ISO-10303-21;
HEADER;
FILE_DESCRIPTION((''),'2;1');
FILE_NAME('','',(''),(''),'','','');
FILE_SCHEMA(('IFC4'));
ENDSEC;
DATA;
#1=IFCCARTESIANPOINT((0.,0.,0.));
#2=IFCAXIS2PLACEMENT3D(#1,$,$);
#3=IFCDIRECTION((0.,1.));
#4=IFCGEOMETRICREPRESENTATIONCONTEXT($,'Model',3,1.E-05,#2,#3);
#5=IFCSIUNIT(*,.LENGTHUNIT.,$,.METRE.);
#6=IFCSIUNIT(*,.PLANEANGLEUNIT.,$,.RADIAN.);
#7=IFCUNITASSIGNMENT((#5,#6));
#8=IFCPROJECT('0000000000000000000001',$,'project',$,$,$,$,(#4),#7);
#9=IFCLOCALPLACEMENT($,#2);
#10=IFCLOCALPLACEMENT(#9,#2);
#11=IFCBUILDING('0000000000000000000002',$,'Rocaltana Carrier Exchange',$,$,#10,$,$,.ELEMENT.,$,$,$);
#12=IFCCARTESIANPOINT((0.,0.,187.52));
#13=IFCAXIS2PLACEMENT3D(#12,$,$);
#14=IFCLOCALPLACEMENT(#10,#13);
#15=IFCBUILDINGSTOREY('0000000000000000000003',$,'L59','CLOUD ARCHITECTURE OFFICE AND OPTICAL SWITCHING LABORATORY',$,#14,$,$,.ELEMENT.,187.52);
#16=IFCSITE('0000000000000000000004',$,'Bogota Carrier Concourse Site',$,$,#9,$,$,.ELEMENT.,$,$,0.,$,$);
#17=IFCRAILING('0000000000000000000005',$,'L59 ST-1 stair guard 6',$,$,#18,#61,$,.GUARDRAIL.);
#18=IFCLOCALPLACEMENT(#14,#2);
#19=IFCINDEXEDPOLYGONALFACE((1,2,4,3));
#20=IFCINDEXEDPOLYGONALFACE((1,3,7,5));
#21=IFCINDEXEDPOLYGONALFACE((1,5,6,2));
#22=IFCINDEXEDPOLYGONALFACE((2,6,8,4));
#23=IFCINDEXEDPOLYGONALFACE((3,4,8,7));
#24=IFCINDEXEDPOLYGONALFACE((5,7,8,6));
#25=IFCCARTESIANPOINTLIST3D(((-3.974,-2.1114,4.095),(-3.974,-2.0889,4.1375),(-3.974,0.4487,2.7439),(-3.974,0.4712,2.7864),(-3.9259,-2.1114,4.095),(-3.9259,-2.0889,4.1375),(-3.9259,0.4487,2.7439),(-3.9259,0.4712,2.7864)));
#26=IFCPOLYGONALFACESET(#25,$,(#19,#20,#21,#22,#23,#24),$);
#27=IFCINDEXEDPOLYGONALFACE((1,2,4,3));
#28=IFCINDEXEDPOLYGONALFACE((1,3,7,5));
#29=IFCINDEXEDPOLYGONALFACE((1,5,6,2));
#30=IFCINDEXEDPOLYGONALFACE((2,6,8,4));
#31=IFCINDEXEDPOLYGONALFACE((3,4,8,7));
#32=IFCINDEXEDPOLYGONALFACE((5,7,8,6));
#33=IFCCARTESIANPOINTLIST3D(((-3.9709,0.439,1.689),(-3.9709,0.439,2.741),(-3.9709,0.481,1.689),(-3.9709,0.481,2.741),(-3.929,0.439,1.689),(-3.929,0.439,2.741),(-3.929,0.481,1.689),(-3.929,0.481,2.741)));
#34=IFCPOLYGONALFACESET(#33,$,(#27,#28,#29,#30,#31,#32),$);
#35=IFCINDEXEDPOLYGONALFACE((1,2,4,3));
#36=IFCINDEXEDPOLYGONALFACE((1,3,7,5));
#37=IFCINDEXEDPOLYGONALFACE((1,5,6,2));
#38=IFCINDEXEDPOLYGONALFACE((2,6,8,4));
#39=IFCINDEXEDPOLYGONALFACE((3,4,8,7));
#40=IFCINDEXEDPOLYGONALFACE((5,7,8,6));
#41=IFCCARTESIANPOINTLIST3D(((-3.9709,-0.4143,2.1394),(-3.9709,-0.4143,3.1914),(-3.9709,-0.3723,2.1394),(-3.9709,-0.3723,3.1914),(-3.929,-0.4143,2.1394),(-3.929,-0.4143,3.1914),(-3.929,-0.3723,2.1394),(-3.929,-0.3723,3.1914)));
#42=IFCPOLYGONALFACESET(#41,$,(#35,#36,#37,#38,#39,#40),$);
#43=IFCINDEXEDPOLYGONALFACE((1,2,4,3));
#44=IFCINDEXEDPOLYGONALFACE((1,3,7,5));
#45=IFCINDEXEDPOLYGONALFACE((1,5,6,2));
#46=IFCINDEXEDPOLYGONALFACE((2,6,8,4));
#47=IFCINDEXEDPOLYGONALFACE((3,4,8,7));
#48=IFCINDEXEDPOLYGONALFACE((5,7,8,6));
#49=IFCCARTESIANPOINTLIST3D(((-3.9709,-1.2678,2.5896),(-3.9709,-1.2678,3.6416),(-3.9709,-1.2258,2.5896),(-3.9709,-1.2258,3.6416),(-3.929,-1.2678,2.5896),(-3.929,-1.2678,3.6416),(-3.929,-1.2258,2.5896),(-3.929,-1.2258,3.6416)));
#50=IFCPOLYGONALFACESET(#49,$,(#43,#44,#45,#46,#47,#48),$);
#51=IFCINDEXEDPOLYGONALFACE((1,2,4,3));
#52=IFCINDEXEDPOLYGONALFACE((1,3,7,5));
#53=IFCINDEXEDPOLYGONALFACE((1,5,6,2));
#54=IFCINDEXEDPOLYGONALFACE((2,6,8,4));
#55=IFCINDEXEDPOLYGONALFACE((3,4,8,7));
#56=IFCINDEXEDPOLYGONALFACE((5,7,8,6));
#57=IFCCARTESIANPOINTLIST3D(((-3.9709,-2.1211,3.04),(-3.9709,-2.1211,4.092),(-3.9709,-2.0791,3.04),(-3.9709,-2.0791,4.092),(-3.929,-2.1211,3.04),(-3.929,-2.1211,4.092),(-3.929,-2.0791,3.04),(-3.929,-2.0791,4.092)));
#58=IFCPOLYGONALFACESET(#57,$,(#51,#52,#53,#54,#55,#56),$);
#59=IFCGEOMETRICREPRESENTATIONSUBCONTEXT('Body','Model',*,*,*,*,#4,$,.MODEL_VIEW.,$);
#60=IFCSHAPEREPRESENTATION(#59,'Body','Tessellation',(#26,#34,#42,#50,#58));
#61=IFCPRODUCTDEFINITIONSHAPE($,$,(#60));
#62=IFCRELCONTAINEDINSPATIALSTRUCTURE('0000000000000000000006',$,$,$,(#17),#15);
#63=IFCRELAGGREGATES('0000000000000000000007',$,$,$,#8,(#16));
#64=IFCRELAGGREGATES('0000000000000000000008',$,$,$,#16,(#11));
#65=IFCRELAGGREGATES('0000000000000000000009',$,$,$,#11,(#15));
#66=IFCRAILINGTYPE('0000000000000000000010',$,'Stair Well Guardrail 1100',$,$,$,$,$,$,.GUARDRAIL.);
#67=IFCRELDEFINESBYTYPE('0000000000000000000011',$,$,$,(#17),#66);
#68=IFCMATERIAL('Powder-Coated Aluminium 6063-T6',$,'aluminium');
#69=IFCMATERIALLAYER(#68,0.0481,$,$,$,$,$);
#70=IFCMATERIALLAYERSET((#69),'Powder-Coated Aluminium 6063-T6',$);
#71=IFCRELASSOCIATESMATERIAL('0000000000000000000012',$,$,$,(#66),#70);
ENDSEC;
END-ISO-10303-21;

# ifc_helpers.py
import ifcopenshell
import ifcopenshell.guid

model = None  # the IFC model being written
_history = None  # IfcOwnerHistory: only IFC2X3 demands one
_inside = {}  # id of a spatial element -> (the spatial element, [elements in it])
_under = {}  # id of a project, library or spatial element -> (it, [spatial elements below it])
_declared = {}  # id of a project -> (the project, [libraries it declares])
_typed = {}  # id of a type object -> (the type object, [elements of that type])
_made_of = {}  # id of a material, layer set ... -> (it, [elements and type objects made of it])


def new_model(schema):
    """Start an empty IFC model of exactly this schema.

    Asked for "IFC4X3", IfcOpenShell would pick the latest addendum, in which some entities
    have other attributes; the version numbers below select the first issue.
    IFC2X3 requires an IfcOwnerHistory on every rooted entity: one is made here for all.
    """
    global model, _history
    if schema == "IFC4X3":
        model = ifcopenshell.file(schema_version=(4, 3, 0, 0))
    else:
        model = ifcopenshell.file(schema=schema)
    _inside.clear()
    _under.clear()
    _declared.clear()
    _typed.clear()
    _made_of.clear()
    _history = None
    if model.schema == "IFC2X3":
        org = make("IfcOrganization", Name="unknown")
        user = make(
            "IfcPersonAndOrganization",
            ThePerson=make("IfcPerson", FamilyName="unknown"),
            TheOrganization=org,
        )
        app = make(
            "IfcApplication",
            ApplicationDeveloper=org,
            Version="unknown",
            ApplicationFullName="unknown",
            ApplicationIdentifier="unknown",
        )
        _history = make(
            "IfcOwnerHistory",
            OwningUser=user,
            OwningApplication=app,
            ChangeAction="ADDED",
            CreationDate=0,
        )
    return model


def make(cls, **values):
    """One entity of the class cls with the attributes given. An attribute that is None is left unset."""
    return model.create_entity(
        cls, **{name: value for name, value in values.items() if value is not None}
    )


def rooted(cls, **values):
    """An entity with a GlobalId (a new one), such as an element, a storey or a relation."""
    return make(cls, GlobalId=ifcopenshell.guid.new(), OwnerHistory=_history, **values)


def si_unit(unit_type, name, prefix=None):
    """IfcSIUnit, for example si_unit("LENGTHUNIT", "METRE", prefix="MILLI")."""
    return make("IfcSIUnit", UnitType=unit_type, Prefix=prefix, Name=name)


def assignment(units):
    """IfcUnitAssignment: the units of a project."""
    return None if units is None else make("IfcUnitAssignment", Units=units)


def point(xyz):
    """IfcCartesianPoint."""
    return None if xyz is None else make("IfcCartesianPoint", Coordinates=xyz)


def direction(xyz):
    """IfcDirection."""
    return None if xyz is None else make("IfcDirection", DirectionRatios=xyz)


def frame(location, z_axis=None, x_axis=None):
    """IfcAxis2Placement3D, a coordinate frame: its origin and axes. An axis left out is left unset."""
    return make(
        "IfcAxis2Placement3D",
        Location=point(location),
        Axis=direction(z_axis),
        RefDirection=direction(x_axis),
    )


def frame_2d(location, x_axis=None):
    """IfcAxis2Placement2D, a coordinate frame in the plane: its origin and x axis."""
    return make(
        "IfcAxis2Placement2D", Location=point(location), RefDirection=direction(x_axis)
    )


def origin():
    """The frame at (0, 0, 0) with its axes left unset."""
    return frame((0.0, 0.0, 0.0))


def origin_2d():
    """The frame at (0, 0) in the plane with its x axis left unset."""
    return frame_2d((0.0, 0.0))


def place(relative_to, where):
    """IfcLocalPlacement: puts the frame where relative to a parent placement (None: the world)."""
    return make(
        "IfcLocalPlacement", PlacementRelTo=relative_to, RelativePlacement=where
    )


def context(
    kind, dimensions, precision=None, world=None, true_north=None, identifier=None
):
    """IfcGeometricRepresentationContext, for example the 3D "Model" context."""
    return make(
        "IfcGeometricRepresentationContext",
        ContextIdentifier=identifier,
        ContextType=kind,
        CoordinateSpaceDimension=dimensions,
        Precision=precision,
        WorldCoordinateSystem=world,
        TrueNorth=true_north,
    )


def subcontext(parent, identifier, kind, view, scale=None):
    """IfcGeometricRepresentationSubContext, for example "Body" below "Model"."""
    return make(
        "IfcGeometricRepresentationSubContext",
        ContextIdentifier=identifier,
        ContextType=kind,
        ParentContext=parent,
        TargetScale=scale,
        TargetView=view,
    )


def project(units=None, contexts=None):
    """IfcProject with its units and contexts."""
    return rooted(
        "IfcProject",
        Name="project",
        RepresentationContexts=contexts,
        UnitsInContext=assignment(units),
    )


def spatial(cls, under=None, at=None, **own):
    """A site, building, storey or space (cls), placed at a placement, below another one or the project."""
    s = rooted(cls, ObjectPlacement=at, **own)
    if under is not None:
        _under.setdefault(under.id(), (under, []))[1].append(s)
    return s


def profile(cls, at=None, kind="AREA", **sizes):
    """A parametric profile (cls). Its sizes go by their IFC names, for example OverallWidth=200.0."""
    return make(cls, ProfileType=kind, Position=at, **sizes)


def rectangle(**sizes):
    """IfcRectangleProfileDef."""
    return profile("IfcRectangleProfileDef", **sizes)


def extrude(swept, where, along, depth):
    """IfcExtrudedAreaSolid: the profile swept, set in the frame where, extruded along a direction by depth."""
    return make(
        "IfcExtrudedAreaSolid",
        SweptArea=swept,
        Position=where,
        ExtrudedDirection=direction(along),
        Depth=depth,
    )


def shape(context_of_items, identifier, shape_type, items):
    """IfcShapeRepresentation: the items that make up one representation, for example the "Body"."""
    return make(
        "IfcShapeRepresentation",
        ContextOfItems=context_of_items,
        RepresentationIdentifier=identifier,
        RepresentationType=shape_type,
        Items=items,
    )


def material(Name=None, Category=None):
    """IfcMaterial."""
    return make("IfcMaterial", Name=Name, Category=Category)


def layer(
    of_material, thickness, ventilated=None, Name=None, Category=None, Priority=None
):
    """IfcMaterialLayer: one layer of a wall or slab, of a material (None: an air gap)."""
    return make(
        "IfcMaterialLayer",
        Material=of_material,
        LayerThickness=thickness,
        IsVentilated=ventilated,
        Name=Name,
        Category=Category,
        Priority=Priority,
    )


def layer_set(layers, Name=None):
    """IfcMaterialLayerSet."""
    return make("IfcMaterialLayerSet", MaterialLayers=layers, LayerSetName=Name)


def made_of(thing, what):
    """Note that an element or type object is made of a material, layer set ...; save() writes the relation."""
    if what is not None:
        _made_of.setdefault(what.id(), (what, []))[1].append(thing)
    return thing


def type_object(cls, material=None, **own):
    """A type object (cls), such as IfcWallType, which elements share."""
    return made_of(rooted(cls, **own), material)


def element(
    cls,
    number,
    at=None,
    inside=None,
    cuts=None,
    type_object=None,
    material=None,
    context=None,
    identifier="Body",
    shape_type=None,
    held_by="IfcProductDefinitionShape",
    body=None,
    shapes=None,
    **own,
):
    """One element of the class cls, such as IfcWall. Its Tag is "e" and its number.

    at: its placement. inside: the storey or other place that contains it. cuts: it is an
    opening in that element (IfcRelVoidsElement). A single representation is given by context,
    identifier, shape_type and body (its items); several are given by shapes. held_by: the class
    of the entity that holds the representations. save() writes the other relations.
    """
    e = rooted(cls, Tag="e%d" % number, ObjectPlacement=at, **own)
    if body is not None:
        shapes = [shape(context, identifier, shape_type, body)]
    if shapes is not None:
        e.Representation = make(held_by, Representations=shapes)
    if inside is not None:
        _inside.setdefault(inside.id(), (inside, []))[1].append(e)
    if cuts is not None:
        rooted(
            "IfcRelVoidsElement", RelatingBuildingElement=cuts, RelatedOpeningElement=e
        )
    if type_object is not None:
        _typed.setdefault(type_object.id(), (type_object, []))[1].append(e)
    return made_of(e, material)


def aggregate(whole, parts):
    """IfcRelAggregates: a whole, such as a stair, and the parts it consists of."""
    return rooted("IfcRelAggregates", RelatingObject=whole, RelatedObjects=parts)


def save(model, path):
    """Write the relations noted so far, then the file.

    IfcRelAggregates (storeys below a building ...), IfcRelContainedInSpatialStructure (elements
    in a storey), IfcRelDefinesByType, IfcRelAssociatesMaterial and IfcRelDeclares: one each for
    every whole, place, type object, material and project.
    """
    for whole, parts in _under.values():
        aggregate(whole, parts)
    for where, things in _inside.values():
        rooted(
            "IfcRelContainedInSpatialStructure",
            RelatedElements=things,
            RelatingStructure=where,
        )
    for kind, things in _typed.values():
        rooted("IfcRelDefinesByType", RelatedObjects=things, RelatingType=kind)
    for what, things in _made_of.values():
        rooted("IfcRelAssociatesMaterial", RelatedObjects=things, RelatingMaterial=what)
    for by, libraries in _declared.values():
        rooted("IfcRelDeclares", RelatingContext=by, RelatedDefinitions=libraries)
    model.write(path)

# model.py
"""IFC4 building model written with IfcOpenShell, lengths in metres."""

from ifc_helpers import new_model, si_unit, direction, frame, origin, origin_2d, place, context, subcontext, project, spatial, rectangle, extrude, material, layer, layer_set, type_object, element, save


model = new_model("IFC4")

# Units and contexts
model_context = context("Model", 3, precision=1e-05, world=origin(), true_north=direction((0.0, 1.0)))
body_context = subcontext(model_context, "Body", "Model", "MODEL_VIEW")
ifc_project = project(units=[si_unit("LENGTHUNIT", "METRE"), si_unit("PLANEANGLEUNIT", "RADIAN")], contexts=[model_context])

# Site, building, storey
site_placement = place(None, origin())
site = spatial("IfcSite", under=ifc_project, at=site_placement, Name="Bogota Carrier Concourse Site", CompositionType="ELEMENT", RefElevation=0.0)
building_placement = place(site_placement, origin())
building = spatial("IfcBuilding", under=site, at=building_placement, Name="Rocaltana Carrier Exchange", CompositionType="ELEMENT")
storey_placement = place(building_placement, frame((0.0, 0.0, 187.52)))
storey = spatial("IfcBuildingStorey", under=building, at=storey_placement, Name="L59", Description="CLOUD ARCHITECTURE OFFICE AND OPTICAL SWITCHING LABORATORY", CompositionType="ELEMENT", Elevation=187.52)

# Railing
ifc_material_1 = material(Name="Powder-Coated Aluminium 6063-T6", Category="aluminium")
ifc_layer_1 = layer(ifc_material_1, 0.0481)
ifc_layer_set_1 = layer_set([ifc_layer_1], Name="Powder-Coated Aluminium 6063-T6")
railing_type_1 = type_object("IfcRailingType", Name="Stair Well Guardrail 1100", PredefinedType="GUARDRAIL", material=ifc_layer_set_1)
railing_1_placement = place(storey_placement, frame((-3.95, 0.46, 1.689)))
element("IfcRailing", 1, at=railing_1_placement, inside=storey, type_object=railing_type_1, Name="L59 ST-1 stair guard 6", PredefinedType="GUARDRAIL", context=body_context, shape_type="SweptSolid", body=[
    extrude(rectangle(XDim=0.0481, YDim=0.0481, at=origin_2d()), frame((0.0, 0.0, 1.0762), z_axis=(0.0, -0.884394, 0.46674), x_axis=(1.0, 0.0, 0.0)), (0.0, 0.0, 1.0), 2.8948),
    extrude(rectangle(XDim=0.042, YDim=0.042, at=origin_2d()), origin(), (0.0, 0.0, 1.0), 1.052),
    extrude(rectangle(XDim=0.042, YDim=0.042, at=origin_2d()), frame((0.0, -0.8533, 0.4504)), (0.0, 0.0, 1.0), 1.052),
    extrude(rectangle(XDim=0.042, YDim=0.042, at=origin_2d()), frame((0.0, -1.7068, 0.9006)), (0.0, 0.0, 1.0), 1.052),
    extrude(rectangle(XDim=0.042, YDim=0.042, at=origin_2d()), frame((0.0, -2.5601, 1.3511)), (0.0, 0.0, 1.0), 1.052),
])

save(model, "model.ifc")
